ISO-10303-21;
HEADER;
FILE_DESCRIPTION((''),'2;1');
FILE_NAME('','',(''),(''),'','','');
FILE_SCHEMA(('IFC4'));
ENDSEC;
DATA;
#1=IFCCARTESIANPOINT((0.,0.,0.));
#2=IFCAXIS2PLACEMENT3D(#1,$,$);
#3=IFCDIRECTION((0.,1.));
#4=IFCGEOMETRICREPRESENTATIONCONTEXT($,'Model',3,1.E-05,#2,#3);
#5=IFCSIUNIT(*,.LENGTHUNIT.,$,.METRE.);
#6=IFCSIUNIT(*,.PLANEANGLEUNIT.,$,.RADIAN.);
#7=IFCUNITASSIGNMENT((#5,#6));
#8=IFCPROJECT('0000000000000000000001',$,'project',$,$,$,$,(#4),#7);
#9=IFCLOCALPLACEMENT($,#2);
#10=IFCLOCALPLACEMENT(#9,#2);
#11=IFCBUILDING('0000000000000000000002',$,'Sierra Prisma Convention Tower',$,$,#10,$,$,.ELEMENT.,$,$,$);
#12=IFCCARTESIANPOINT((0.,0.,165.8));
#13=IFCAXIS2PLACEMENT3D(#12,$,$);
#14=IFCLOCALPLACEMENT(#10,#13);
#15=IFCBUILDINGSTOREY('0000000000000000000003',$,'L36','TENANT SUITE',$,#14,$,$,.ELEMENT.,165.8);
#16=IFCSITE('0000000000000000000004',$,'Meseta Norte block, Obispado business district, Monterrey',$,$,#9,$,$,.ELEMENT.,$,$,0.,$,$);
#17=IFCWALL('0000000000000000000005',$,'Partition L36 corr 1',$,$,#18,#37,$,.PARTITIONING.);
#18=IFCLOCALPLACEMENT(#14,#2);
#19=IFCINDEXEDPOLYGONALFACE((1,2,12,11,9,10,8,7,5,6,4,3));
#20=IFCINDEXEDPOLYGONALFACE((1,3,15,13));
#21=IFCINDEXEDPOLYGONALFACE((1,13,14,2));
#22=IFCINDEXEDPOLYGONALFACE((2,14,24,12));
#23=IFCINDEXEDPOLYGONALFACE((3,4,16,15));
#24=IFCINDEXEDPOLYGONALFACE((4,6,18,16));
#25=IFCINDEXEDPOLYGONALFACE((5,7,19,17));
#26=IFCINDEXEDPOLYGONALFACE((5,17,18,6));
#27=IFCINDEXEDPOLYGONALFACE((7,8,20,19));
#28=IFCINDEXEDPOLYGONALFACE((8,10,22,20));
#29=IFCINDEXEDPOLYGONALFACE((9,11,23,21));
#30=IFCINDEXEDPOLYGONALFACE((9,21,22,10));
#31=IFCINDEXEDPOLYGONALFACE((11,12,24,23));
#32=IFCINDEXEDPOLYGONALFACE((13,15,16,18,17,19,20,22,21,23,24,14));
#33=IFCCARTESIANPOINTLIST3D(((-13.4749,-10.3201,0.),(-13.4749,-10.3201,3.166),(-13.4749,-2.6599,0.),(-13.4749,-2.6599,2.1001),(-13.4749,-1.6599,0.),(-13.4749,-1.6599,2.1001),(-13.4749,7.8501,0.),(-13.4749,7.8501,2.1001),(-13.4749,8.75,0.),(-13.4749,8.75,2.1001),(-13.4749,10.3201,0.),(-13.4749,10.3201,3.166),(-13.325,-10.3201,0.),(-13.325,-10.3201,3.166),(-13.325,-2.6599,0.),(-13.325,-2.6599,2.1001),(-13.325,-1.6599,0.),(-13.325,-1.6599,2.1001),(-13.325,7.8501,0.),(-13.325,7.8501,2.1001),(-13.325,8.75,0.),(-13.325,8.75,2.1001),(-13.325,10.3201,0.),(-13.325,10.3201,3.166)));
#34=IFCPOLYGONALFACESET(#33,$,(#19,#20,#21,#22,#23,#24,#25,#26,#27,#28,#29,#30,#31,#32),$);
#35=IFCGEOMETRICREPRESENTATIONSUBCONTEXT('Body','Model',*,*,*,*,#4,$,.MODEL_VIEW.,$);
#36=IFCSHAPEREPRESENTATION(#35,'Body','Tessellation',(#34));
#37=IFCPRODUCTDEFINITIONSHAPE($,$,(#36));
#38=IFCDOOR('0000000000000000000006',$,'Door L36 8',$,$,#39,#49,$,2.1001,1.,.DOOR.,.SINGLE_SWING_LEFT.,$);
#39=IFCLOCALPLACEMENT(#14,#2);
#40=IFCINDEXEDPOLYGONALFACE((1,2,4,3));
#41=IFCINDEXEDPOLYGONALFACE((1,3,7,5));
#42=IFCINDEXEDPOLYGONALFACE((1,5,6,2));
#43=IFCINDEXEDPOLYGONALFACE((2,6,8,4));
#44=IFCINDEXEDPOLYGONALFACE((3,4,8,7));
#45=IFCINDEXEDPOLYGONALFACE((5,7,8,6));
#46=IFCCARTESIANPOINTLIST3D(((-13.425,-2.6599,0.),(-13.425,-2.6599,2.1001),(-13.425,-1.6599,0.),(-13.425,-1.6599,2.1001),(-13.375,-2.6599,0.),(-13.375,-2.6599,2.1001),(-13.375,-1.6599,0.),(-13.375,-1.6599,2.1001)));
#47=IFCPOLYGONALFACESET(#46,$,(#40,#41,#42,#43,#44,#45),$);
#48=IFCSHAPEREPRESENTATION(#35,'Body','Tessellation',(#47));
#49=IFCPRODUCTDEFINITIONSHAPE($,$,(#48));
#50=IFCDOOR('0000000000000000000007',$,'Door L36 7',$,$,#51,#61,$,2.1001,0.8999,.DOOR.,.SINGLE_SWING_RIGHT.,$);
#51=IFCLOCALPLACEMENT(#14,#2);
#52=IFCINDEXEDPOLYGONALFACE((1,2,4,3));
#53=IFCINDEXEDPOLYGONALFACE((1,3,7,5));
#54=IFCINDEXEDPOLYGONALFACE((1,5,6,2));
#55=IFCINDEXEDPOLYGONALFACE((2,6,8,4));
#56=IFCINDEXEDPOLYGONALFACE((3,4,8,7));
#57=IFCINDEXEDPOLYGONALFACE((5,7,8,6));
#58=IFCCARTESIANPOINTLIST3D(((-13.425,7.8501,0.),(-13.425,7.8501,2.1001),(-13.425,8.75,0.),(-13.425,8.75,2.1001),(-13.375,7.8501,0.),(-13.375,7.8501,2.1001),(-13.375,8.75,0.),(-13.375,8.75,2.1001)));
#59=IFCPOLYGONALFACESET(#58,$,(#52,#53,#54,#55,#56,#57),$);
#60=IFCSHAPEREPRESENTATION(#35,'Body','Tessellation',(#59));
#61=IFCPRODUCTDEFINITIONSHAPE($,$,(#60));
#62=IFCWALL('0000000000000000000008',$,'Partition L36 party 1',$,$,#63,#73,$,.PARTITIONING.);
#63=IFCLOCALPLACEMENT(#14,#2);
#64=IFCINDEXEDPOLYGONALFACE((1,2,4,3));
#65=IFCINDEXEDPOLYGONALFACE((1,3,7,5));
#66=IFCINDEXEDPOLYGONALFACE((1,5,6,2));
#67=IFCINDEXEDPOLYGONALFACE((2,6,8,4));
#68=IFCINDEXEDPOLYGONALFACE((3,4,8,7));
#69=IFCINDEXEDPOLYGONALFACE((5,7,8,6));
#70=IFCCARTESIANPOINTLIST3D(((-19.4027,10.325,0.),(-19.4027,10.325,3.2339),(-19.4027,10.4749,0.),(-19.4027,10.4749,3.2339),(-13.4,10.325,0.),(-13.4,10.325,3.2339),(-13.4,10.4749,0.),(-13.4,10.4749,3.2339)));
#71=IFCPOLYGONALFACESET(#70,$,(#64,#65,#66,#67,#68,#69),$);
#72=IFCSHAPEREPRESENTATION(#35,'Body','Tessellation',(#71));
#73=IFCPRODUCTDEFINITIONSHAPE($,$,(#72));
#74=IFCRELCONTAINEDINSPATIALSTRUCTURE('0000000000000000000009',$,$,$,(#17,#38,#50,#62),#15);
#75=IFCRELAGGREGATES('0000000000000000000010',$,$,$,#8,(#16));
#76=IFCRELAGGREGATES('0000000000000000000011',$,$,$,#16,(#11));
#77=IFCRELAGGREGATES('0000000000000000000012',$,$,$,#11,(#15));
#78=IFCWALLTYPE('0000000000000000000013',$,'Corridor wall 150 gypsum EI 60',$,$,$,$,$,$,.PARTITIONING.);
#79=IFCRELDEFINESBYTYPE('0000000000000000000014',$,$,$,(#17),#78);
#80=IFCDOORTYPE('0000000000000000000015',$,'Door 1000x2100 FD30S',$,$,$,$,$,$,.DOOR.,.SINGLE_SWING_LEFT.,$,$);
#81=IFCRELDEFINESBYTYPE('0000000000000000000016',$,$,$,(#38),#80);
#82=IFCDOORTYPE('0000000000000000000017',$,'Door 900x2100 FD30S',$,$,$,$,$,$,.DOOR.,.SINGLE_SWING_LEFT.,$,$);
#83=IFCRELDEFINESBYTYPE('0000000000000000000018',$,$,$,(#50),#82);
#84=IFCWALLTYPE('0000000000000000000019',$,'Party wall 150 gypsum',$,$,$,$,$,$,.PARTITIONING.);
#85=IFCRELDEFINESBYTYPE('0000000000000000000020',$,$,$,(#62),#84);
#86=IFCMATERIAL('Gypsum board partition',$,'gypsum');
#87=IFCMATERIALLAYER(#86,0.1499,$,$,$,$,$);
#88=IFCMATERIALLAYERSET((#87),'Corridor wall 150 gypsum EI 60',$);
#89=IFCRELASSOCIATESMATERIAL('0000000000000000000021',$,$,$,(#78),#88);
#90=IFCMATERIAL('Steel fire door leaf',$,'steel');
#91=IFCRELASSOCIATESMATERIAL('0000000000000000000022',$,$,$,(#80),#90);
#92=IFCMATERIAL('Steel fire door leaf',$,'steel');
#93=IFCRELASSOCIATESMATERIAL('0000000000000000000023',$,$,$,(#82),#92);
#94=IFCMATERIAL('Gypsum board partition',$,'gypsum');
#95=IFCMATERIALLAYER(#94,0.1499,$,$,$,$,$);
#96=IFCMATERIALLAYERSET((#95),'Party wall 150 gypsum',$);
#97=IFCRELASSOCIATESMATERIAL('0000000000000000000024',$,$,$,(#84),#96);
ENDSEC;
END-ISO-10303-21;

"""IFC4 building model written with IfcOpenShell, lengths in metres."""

from ifc_helpers import new_model, si_unit, direction, frame, frame_2d, origin, place, context, subcontext, project, spatial, rectangle, extrude, material, layer, layer_set, type_object, element, fill, save


model = new_model("IFC4")

# Units and contexts
model_context = context("Model", 3, precision=1e-05, world=origin(), true_north=direction((0.0, 1.0)))
body_context = subcontext(model_context, "Body", "Model", "MODEL_VIEW")
ifc_project = project(units=[si_unit("LENGTHUNIT", "METRE"), si_unit("PLANEANGLEUNIT", "RADIAN")], contexts=[model_context])

# Site, building, storey
site_placement = place(None, origin())
site = spatial("IfcSite", under=ifc_project, at=site_placement, Name="Meseta Norte block, Obispado business district, Monterrey", CompositionType="ELEMENT", RefElevation=0.0)
building_placement = place(site_placement, origin())
building = spatial("IfcBuilding", under=site, at=building_placement, Name="Sierra Prisma Convention Tower", CompositionType="ELEMENT")
storey_placement = place(building_placement, frame((0.0, 0.0, 165.8)))
storey = spatial("IfcBuildingStorey", under=building, at=storey_placement, Name="L36", Description="TENANT SUITE", CompositionType="ELEMENT", Elevation=165.8)

# Wall, openings, doors
ifc_material_1 = material(Name="Gypsum board partition", Category="gypsum")
ifc_layer_1 = layer(ifc_material_1, 0.1499)
ifc_layer_set_1 = layer_set([ifc_layer_1], Name="Corridor wall 150 gypsum EI 60")
wall_type_1 = type_object("IfcWallType", Name="Corridor wall 150 gypsum EI 60", PredefinedType="PARTITIONING", material=ifc_layer_set_1)
wall_1_placement = place(storey_placement, frame((-13.3999, 10.3201, 0.0), z_axis=(0.0, 0.0, 1.0), x_axis=(0.0, -1.0, 0.0)))
wall_1 = element("IfcWall", 1, at=wall_1_placement, inside=storey, type_object=wall_type_1, Name="Partition L36 corr 1", PredefinedType="PARTITIONING", context=body_context, shape_type="SweptSolid", body=[
    extrude(rectangle(XDim=20.6401, YDim=0.1499, at=frame_2d((10.3201, 0.0))), origin(), (0.0, 0.0, 1.0), 3.166),
])
opening_1_placement = place(wall_1_placement, frame((1.5701, 0.0, 0.0)))
opening_1 = element("IfcOpeningElement", 2, at=opening_1_placement, cuts=wall_1, PredefinedType="OPENING", context=body_context, shape_type="SweptSolid", body=[
    extrude(rectangle(XDim=0.8999, YDim=2.1001, at=frame_2d((0.45, 1.05))), frame((0.0, 0.075, 0.0), z_axis=(0.0, -1.0, 0.0), x_axis=(1.0, 0.0, 0.0)), (0.0, 0.0, 1.0), 0.1499),
])
opening_2_placement = place(wall_1_placement, frame((11.98, 0.0, 0.0)))
opening_2 = element("IfcOpeningElement", 3, at=opening_2_placement, cuts=wall_1, PredefinedType="OPENING", context=body_context, shape_type="SweptSolid", body=[
    extrude(rectangle(XDim=1.0, YDim=2.1001, at=frame_2d((0.5, 1.05))), frame((0.0, 0.075, 0.0), z_axis=(0.0, -1.0, 0.0), x_axis=(1.0, 0.0, 0.0)), (0.0, 0.0, 1.0), 0.1499),
])
ifc_material_2 = material(Name="Steel fire door leaf", Category="steel")
door_type_1 = type_object("IfcDoorType", Name="Door 1000x2100 FD30S", OperationType="SINGLE_SWING_LEFT", PredefinedType="DOOR", material=ifc_material_2)
door_1_placement = place(opening_2_placement, origin())
door_1 = element("IfcDoor", 4, at=door_1_placement, inside=storey, type_object=door_type_1, Name="Door L36 8", OperationType="SINGLE_SWING_LEFT", OverallHeight=2.1001, OverallWidth=1.0, PredefinedType="DOOR", context=body_context, shape_type="SweptSolid", body=[
    extrude(rectangle(XDim=1.0, YDim=2.1001, at=frame_2d((0.5, 1.05))), frame((0.0, 0.0249, 0.0), z_axis=(0.0, -1.0, 0.0), x_axis=(1.0, 0.0, 0.0)), (0.0, 0.0, 1.0), 0.05),
])
fill(opening_2, door_1)
ifc_material_3 = material(Name="Steel fire door leaf", Category="steel")
door_type_2 = type_object("IfcDoorType", Name="Door 900x2100 FD30S", OperationType="SINGLE_SWING_LEFT", PredefinedType="DOOR", material=ifc_material_3)
door_2_placement = place(opening_1_placement, origin())
door_2 = element("IfcDoor", 5, at=door_2_placement, inside=storey, type_object=door_type_2, Name="Door L36 7", OperationType="SINGLE_SWING_RIGHT", OverallHeight=2.1001, OverallWidth=0.8999, PredefinedType="DOOR", context=body_context, shape_type="SweptSolid", body=[
    extrude(rectangle(XDim=0.8999, YDim=2.1001, at=frame_2d((0.45, 1.05))), frame((0.0, 0.0249, 0.0), z_axis=(0.0, -1.0, 0.0), x_axis=(1.0, 0.0, 0.0)), (0.0, 0.0, 1.0), 0.05),
])
fill(opening_1, door_2)

# Wall
ifc_material_4 = material(Name="Gypsum board partition", Category="gypsum")
ifc_layer_2 = layer(ifc_material_4, 0.1499)
ifc_layer_set_2 = layer_set([ifc_layer_2], Name="Party wall 150 gypsum")
wall_type_2 = type_object("IfcWallType", Name="Party wall 150 gypsum", PredefinedType="PARTITIONING", material=ifc_layer_set_2)
wall_2_placement = place(storey_placement, frame((-13.3999, 10.3999, 0.0), z_axis=(0.0, 0.0, 1.0), x_axis=(-1.0, 0.0, 0.0)))
element("IfcWall", 6, at=wall_2_placement, inside=storey, type_object=wall_type_2, Name="Partition L36 party 1", PredefinedType="PARTITIONING", context=body_context, shape_type="SweptSolid", body=[
    extrude(rectangle(XDim=6.0027, YDim=0.1499, at=frame_2d((3.0015, 0.0))), origin(), (0.0, 0.0, 1.0), 3.2339),
])

save(model, "model.ifc")
